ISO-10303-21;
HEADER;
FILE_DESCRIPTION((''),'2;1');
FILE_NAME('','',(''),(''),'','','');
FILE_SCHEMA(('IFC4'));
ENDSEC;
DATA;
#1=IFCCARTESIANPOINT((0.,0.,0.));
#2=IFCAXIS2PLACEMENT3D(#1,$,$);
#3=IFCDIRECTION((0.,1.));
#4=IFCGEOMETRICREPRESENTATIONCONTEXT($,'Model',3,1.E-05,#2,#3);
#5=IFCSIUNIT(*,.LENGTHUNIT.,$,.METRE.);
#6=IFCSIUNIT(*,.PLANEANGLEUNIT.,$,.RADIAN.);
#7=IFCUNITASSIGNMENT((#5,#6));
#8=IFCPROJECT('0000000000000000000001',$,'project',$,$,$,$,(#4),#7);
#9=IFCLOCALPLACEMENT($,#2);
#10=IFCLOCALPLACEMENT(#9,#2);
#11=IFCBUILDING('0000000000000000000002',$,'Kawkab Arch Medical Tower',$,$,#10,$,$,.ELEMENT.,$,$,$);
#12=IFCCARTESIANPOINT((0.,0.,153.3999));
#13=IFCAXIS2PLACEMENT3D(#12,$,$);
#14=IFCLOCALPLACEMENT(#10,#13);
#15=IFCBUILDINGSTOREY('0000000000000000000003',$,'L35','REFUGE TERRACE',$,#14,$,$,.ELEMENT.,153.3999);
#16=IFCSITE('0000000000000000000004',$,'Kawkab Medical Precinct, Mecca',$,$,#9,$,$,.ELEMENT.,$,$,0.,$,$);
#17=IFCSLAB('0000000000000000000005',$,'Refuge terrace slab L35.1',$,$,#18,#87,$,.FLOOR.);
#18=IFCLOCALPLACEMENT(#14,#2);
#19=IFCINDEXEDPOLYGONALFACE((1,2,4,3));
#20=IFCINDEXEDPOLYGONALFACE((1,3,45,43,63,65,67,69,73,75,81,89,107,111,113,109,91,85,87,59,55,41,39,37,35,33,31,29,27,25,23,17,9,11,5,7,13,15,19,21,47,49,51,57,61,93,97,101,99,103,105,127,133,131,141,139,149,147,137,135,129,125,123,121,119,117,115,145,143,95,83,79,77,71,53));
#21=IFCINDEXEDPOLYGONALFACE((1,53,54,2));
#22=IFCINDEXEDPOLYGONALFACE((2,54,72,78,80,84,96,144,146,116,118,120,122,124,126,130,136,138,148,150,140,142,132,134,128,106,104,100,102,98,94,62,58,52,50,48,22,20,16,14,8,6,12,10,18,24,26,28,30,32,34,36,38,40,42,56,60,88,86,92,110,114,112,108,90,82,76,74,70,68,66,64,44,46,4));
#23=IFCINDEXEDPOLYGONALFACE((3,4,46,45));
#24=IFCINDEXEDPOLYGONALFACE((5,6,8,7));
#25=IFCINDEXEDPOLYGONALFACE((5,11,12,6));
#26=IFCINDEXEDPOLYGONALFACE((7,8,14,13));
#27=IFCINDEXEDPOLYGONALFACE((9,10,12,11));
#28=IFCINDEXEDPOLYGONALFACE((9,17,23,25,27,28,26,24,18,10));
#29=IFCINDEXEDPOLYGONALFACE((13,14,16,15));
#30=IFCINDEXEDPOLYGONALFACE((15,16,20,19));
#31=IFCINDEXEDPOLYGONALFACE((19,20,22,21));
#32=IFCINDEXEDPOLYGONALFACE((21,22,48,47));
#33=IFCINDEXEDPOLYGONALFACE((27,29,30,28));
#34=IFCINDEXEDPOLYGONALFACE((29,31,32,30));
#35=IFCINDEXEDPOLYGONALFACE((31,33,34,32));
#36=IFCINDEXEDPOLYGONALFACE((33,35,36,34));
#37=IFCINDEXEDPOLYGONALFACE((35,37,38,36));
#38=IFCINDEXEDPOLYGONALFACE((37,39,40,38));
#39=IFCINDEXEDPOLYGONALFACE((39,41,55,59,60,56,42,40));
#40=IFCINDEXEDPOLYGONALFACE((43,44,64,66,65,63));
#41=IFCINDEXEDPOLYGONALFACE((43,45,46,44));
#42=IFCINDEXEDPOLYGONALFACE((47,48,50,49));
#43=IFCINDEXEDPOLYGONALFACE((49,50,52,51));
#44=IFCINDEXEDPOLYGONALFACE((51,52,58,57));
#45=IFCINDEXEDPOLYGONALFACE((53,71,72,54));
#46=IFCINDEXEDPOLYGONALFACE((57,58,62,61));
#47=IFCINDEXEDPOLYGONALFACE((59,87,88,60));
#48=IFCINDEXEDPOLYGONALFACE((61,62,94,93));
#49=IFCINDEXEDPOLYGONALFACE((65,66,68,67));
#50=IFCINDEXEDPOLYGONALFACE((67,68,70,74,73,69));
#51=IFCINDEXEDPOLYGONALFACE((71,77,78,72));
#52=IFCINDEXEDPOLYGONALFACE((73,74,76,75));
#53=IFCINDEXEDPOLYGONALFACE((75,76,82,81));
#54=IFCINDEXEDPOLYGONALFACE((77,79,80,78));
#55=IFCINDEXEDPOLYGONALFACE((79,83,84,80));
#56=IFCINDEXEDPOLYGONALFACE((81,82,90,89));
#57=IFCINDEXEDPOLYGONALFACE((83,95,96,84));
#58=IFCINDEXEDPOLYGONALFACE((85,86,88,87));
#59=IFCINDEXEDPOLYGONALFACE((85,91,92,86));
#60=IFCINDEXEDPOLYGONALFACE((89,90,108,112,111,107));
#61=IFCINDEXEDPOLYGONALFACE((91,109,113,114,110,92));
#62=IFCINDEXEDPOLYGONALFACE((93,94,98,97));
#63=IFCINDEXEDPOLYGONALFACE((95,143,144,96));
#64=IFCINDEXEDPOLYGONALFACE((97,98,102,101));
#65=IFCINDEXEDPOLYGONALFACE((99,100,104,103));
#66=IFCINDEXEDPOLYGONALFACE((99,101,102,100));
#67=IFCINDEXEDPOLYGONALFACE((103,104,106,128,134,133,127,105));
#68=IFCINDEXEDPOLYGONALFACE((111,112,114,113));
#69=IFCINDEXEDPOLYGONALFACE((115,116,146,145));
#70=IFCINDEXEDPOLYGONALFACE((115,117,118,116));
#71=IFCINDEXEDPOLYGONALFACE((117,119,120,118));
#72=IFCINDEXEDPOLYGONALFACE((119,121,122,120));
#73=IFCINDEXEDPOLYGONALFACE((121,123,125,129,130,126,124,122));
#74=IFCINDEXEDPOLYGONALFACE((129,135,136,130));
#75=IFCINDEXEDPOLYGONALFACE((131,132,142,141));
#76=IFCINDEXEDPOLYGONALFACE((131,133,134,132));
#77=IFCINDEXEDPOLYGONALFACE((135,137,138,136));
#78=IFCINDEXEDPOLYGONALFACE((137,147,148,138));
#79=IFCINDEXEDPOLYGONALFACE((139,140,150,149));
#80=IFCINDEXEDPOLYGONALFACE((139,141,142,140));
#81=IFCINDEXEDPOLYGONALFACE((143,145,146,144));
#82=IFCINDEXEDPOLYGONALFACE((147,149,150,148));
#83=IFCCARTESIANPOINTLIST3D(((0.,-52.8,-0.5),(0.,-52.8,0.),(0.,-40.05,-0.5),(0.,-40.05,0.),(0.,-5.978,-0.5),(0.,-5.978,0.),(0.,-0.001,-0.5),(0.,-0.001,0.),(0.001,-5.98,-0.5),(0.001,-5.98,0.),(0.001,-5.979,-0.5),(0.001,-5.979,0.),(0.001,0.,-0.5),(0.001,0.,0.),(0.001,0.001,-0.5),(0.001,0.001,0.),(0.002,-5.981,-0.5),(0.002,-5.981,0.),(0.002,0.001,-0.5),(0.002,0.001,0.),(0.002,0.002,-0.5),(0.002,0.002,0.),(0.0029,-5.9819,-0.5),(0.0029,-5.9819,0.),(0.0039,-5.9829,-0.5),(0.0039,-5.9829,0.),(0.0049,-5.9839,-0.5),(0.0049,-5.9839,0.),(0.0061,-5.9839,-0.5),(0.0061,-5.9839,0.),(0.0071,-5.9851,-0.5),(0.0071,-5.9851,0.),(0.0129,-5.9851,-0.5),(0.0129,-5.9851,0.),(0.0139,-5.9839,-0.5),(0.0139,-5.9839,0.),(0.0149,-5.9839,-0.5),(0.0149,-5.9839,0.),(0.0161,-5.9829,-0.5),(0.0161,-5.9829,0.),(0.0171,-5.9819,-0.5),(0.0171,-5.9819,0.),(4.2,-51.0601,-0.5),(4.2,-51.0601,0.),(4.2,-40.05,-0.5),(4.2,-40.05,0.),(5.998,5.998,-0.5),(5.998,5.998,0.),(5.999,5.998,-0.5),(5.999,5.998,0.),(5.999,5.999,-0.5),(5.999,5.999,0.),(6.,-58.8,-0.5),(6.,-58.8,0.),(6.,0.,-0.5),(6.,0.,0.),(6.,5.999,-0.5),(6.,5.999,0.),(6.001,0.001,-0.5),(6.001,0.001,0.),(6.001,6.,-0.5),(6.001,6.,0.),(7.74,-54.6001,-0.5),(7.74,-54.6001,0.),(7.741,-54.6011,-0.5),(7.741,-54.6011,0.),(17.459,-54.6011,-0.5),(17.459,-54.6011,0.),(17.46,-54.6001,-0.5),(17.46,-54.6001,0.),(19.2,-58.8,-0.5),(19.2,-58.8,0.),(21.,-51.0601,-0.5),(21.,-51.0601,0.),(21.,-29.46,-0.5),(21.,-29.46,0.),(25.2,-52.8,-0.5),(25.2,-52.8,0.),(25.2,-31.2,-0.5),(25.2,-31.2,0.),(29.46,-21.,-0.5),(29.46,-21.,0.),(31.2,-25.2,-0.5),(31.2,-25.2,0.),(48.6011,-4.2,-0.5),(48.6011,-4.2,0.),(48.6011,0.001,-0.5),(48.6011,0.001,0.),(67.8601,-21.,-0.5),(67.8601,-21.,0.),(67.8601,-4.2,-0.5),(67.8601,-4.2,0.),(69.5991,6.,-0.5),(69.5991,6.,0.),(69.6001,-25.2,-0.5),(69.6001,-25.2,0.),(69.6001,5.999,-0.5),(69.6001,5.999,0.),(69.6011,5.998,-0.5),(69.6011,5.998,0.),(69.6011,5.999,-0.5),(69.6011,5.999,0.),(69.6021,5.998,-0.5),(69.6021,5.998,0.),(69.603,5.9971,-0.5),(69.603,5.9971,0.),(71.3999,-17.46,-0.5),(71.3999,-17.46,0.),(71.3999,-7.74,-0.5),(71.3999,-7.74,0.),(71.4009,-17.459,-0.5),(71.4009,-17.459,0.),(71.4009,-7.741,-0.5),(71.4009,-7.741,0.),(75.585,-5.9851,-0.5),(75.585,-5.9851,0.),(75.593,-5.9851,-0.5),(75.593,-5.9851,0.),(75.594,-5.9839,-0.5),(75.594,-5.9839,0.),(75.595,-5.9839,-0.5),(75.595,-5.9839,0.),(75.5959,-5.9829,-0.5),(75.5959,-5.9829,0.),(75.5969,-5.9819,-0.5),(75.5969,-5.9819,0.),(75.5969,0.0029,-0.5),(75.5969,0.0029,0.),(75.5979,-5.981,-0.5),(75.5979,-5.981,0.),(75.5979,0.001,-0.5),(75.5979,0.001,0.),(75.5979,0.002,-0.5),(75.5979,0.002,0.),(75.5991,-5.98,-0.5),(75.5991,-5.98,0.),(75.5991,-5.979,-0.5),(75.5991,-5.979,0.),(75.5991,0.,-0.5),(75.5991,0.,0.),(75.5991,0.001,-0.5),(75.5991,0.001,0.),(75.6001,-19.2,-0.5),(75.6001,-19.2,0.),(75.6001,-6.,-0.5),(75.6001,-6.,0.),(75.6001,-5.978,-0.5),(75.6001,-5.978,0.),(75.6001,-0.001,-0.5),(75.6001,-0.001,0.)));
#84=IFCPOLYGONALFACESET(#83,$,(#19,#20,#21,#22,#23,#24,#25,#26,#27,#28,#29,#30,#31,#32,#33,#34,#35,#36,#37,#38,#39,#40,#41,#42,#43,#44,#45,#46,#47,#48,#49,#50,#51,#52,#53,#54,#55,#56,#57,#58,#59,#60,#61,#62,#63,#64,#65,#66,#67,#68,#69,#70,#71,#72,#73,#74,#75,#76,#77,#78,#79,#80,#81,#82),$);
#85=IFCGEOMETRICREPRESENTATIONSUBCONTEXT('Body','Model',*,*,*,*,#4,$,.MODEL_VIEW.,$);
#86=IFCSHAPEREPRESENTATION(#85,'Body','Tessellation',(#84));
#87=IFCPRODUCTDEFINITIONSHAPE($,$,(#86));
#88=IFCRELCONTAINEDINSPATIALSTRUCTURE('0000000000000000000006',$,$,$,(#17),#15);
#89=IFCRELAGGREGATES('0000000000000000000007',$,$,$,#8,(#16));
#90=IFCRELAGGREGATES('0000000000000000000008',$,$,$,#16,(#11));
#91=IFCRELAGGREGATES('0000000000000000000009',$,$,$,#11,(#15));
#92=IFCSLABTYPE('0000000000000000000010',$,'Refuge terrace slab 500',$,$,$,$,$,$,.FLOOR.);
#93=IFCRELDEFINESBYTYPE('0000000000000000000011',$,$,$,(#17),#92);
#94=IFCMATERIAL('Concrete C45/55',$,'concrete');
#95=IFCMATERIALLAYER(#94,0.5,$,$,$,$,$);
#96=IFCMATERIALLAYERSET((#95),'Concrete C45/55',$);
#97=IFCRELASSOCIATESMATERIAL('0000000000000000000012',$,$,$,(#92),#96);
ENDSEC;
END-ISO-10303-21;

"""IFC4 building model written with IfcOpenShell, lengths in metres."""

from ifc_helpers import new_model, si_unit, direction, frame, origin, place, context, subcontext, project, spatial, polyline, outline, extrude, material, layer, layer_set, type_object, element, save


model = new_model("IFC4")

# Units and contexts
model_context = context("Model", 3, precision=1e-05, world=origin(), true_north=direction((0.0, 1.0)))
body_context = subcontext(model_context, "Body", "Model", "MODEL_VIEW")
ifc_project = project(units=[si_unit("LENGTHUNIT", "METRE"), si_unit("PLANEANGLEUNIT", "RADIAN")], contexts=[model_context])

# Site, building, storey
site_placement = place(None, origin())
site = spatial("IfcSite", under=ifc_project, at=site_placement, Name="Kawkab Medical Precinct, Mecca", CompositionType="ELEMENT", RefElevation=0.0)
building_placement = place(site_placement, origin())
building = spatial("IfcBuilding", under=site, at=building_placement, Name="Kawkab Arch Medical Tower", CompositionType="ELEMENT")
storey_placement = place(building_placement, frame((0.0, 0.0, 153.3999)))
storey = spatial("IfcBuildingStorey", under=building, at=storey_placement, Name="L35", Description="REFUGE TERRACE", CompositionType="ELEMENT", Elevation=153.3999)

# Slab
ifc_material_1 = material(Name="Concrete C45/55", Category="concrete")
ifc_layer_1 = layer(ifc_material_1, 0.5)
ifc_layer_set_1 = layer_set([ifc_layer_1], Name="Concrete C45/55")
slab_type_1 = type_object("IfcSlabType", Name="Refuge terrace slab 500", PredefinedType="FLOOR", material=ifc_layer_set_1)
placement_1 = place(storey_placement, frame((0.0, 0.0, -0.5)))
element("IfcSlab", 1, at=placement_1, inside=storey, type_object=slab_type_1, Name="Refuge terrace slab L35.1", PredefinedType="FLOOR", context=body_context, shape_type="SweptSolid", body=[
    extrude(outline(polyline([(0.0, -40.05), (0.0, -40.05), (4.2, -40.05), (4.2, -40.05), (4.2, -40.05), (4.2, -51.0601), (7.74, -54.6001), (7.741, -54.6011), (17.459, -54.6011), (17.46, -54.6001), (21.0, -51.0601), (21.0, -29.46), (21.0, -29.46), (21.0, -29.46), (29.46, -21.0), (29.46, -21.0), (29.46, -21.0), (67.8601, -21.0), (71.3999, -17.46), (71.4009, -17.459), (71.4009, -7.741), (71.3999, -7.74), (67.8601, -4.2), (48.6011, -4.2), (48.6011, -4.2), (48.6011, -4.2), (48.6011, 0.001), (6.001, 0.001), (6.0, 0.0), (0.0171, -5.9819), (0.0161, -5.9829), (0.0149, -5.9839), (0.0149, -5.9839), (0.0139, -5.9839), (0.0129, -5.9851), (0.0129, -5.9851), (0.0129, -5.9851), (0.0071, -5.9851), (0.0071, -5.9851), (0.0071, -5.9851), (0.0061, -5.9839), (0.0049, -5.9839), (0.0049, -5.9839), (0.0039, -5.9829), (0.0029, -5.9819), (0.002, -5.981), (0.001, -5.98), (0.001, -5.98), (0.001, -5.979), (0.0, -5.978), (0.0, -5.978), (0.0, -5.978), (0.0, -0.001), (0.0, -0.001), (0.0, -0.001), (0.001, 0.0), (0.001, 0.001), (0.002, 0.001), (0.002, 0.002), (0.002, 0.002), (5.998, 5.998), (5.998, 5.998), (5.999, 5.998), (5.999, 5.999), (6.0, 5.999), (6.001, 6.0), (6.001, 6.0), (6.001, 6.0), (69.5991, 6.0), (69.5991, 6.0), (69.5991, 6.0), (69.6001, 5.999), (69.6011, 5.999), (69.6011, 5.998), (69.6021, 5.998), (69.6021, 5.998), (69.603, 5.9971), (75.5969, 0.0029), (75.5979, 0.002), (75.5979, 0.002), (75.5979, 0.001), (75.5991, 0.001), (75.5991, 0.0), (75.6001, -0.001), (75.6001, -0.001), (75.6001, -0.001), (75.6001, -5.978), (75.6001, -5.978), (75.6001, -5.978), (75.5991, -5.979), (75.5991, -5.98), (75.5991, -5.98), (75.5979, -5.981), (75.5969, -5.9819), (75.5959, -5.9829), (75.595, -5.9839), (75.595, -5.9839), (75.594, -5.9839), (75.593, -5.9851), (75.593, -5.9851), (75.593, -5.9851), (75.585, -5.9851), (75.6001, -6.0), (75.6001, -6.0), (75.6001, -6.0), (75.6001, -19.2), (75.6001, -19.2), (75.6001, -19.2), (69.6001, -25.2), (69.6001, -25.2), (69.6001, -25.2), (31.2, -25.2), (25.2, -31.2), (25.2, -52.8), (25.2, -52.8), (25.2, -52.8), (19.2, -58.8), (19.2, -58.8), (19.2, -58.8), (6.0, -58.8), (6.0, -58.8), (6.0, -58.8), (0.0, -52.8), (0.0, -52.8), (0.0, -52.8), (0.0, -40.05), (0.0, -40.05)])), origin(), (0.0, 0.0, 1.0), 0.5),
])

save(model, "model.ifc")
